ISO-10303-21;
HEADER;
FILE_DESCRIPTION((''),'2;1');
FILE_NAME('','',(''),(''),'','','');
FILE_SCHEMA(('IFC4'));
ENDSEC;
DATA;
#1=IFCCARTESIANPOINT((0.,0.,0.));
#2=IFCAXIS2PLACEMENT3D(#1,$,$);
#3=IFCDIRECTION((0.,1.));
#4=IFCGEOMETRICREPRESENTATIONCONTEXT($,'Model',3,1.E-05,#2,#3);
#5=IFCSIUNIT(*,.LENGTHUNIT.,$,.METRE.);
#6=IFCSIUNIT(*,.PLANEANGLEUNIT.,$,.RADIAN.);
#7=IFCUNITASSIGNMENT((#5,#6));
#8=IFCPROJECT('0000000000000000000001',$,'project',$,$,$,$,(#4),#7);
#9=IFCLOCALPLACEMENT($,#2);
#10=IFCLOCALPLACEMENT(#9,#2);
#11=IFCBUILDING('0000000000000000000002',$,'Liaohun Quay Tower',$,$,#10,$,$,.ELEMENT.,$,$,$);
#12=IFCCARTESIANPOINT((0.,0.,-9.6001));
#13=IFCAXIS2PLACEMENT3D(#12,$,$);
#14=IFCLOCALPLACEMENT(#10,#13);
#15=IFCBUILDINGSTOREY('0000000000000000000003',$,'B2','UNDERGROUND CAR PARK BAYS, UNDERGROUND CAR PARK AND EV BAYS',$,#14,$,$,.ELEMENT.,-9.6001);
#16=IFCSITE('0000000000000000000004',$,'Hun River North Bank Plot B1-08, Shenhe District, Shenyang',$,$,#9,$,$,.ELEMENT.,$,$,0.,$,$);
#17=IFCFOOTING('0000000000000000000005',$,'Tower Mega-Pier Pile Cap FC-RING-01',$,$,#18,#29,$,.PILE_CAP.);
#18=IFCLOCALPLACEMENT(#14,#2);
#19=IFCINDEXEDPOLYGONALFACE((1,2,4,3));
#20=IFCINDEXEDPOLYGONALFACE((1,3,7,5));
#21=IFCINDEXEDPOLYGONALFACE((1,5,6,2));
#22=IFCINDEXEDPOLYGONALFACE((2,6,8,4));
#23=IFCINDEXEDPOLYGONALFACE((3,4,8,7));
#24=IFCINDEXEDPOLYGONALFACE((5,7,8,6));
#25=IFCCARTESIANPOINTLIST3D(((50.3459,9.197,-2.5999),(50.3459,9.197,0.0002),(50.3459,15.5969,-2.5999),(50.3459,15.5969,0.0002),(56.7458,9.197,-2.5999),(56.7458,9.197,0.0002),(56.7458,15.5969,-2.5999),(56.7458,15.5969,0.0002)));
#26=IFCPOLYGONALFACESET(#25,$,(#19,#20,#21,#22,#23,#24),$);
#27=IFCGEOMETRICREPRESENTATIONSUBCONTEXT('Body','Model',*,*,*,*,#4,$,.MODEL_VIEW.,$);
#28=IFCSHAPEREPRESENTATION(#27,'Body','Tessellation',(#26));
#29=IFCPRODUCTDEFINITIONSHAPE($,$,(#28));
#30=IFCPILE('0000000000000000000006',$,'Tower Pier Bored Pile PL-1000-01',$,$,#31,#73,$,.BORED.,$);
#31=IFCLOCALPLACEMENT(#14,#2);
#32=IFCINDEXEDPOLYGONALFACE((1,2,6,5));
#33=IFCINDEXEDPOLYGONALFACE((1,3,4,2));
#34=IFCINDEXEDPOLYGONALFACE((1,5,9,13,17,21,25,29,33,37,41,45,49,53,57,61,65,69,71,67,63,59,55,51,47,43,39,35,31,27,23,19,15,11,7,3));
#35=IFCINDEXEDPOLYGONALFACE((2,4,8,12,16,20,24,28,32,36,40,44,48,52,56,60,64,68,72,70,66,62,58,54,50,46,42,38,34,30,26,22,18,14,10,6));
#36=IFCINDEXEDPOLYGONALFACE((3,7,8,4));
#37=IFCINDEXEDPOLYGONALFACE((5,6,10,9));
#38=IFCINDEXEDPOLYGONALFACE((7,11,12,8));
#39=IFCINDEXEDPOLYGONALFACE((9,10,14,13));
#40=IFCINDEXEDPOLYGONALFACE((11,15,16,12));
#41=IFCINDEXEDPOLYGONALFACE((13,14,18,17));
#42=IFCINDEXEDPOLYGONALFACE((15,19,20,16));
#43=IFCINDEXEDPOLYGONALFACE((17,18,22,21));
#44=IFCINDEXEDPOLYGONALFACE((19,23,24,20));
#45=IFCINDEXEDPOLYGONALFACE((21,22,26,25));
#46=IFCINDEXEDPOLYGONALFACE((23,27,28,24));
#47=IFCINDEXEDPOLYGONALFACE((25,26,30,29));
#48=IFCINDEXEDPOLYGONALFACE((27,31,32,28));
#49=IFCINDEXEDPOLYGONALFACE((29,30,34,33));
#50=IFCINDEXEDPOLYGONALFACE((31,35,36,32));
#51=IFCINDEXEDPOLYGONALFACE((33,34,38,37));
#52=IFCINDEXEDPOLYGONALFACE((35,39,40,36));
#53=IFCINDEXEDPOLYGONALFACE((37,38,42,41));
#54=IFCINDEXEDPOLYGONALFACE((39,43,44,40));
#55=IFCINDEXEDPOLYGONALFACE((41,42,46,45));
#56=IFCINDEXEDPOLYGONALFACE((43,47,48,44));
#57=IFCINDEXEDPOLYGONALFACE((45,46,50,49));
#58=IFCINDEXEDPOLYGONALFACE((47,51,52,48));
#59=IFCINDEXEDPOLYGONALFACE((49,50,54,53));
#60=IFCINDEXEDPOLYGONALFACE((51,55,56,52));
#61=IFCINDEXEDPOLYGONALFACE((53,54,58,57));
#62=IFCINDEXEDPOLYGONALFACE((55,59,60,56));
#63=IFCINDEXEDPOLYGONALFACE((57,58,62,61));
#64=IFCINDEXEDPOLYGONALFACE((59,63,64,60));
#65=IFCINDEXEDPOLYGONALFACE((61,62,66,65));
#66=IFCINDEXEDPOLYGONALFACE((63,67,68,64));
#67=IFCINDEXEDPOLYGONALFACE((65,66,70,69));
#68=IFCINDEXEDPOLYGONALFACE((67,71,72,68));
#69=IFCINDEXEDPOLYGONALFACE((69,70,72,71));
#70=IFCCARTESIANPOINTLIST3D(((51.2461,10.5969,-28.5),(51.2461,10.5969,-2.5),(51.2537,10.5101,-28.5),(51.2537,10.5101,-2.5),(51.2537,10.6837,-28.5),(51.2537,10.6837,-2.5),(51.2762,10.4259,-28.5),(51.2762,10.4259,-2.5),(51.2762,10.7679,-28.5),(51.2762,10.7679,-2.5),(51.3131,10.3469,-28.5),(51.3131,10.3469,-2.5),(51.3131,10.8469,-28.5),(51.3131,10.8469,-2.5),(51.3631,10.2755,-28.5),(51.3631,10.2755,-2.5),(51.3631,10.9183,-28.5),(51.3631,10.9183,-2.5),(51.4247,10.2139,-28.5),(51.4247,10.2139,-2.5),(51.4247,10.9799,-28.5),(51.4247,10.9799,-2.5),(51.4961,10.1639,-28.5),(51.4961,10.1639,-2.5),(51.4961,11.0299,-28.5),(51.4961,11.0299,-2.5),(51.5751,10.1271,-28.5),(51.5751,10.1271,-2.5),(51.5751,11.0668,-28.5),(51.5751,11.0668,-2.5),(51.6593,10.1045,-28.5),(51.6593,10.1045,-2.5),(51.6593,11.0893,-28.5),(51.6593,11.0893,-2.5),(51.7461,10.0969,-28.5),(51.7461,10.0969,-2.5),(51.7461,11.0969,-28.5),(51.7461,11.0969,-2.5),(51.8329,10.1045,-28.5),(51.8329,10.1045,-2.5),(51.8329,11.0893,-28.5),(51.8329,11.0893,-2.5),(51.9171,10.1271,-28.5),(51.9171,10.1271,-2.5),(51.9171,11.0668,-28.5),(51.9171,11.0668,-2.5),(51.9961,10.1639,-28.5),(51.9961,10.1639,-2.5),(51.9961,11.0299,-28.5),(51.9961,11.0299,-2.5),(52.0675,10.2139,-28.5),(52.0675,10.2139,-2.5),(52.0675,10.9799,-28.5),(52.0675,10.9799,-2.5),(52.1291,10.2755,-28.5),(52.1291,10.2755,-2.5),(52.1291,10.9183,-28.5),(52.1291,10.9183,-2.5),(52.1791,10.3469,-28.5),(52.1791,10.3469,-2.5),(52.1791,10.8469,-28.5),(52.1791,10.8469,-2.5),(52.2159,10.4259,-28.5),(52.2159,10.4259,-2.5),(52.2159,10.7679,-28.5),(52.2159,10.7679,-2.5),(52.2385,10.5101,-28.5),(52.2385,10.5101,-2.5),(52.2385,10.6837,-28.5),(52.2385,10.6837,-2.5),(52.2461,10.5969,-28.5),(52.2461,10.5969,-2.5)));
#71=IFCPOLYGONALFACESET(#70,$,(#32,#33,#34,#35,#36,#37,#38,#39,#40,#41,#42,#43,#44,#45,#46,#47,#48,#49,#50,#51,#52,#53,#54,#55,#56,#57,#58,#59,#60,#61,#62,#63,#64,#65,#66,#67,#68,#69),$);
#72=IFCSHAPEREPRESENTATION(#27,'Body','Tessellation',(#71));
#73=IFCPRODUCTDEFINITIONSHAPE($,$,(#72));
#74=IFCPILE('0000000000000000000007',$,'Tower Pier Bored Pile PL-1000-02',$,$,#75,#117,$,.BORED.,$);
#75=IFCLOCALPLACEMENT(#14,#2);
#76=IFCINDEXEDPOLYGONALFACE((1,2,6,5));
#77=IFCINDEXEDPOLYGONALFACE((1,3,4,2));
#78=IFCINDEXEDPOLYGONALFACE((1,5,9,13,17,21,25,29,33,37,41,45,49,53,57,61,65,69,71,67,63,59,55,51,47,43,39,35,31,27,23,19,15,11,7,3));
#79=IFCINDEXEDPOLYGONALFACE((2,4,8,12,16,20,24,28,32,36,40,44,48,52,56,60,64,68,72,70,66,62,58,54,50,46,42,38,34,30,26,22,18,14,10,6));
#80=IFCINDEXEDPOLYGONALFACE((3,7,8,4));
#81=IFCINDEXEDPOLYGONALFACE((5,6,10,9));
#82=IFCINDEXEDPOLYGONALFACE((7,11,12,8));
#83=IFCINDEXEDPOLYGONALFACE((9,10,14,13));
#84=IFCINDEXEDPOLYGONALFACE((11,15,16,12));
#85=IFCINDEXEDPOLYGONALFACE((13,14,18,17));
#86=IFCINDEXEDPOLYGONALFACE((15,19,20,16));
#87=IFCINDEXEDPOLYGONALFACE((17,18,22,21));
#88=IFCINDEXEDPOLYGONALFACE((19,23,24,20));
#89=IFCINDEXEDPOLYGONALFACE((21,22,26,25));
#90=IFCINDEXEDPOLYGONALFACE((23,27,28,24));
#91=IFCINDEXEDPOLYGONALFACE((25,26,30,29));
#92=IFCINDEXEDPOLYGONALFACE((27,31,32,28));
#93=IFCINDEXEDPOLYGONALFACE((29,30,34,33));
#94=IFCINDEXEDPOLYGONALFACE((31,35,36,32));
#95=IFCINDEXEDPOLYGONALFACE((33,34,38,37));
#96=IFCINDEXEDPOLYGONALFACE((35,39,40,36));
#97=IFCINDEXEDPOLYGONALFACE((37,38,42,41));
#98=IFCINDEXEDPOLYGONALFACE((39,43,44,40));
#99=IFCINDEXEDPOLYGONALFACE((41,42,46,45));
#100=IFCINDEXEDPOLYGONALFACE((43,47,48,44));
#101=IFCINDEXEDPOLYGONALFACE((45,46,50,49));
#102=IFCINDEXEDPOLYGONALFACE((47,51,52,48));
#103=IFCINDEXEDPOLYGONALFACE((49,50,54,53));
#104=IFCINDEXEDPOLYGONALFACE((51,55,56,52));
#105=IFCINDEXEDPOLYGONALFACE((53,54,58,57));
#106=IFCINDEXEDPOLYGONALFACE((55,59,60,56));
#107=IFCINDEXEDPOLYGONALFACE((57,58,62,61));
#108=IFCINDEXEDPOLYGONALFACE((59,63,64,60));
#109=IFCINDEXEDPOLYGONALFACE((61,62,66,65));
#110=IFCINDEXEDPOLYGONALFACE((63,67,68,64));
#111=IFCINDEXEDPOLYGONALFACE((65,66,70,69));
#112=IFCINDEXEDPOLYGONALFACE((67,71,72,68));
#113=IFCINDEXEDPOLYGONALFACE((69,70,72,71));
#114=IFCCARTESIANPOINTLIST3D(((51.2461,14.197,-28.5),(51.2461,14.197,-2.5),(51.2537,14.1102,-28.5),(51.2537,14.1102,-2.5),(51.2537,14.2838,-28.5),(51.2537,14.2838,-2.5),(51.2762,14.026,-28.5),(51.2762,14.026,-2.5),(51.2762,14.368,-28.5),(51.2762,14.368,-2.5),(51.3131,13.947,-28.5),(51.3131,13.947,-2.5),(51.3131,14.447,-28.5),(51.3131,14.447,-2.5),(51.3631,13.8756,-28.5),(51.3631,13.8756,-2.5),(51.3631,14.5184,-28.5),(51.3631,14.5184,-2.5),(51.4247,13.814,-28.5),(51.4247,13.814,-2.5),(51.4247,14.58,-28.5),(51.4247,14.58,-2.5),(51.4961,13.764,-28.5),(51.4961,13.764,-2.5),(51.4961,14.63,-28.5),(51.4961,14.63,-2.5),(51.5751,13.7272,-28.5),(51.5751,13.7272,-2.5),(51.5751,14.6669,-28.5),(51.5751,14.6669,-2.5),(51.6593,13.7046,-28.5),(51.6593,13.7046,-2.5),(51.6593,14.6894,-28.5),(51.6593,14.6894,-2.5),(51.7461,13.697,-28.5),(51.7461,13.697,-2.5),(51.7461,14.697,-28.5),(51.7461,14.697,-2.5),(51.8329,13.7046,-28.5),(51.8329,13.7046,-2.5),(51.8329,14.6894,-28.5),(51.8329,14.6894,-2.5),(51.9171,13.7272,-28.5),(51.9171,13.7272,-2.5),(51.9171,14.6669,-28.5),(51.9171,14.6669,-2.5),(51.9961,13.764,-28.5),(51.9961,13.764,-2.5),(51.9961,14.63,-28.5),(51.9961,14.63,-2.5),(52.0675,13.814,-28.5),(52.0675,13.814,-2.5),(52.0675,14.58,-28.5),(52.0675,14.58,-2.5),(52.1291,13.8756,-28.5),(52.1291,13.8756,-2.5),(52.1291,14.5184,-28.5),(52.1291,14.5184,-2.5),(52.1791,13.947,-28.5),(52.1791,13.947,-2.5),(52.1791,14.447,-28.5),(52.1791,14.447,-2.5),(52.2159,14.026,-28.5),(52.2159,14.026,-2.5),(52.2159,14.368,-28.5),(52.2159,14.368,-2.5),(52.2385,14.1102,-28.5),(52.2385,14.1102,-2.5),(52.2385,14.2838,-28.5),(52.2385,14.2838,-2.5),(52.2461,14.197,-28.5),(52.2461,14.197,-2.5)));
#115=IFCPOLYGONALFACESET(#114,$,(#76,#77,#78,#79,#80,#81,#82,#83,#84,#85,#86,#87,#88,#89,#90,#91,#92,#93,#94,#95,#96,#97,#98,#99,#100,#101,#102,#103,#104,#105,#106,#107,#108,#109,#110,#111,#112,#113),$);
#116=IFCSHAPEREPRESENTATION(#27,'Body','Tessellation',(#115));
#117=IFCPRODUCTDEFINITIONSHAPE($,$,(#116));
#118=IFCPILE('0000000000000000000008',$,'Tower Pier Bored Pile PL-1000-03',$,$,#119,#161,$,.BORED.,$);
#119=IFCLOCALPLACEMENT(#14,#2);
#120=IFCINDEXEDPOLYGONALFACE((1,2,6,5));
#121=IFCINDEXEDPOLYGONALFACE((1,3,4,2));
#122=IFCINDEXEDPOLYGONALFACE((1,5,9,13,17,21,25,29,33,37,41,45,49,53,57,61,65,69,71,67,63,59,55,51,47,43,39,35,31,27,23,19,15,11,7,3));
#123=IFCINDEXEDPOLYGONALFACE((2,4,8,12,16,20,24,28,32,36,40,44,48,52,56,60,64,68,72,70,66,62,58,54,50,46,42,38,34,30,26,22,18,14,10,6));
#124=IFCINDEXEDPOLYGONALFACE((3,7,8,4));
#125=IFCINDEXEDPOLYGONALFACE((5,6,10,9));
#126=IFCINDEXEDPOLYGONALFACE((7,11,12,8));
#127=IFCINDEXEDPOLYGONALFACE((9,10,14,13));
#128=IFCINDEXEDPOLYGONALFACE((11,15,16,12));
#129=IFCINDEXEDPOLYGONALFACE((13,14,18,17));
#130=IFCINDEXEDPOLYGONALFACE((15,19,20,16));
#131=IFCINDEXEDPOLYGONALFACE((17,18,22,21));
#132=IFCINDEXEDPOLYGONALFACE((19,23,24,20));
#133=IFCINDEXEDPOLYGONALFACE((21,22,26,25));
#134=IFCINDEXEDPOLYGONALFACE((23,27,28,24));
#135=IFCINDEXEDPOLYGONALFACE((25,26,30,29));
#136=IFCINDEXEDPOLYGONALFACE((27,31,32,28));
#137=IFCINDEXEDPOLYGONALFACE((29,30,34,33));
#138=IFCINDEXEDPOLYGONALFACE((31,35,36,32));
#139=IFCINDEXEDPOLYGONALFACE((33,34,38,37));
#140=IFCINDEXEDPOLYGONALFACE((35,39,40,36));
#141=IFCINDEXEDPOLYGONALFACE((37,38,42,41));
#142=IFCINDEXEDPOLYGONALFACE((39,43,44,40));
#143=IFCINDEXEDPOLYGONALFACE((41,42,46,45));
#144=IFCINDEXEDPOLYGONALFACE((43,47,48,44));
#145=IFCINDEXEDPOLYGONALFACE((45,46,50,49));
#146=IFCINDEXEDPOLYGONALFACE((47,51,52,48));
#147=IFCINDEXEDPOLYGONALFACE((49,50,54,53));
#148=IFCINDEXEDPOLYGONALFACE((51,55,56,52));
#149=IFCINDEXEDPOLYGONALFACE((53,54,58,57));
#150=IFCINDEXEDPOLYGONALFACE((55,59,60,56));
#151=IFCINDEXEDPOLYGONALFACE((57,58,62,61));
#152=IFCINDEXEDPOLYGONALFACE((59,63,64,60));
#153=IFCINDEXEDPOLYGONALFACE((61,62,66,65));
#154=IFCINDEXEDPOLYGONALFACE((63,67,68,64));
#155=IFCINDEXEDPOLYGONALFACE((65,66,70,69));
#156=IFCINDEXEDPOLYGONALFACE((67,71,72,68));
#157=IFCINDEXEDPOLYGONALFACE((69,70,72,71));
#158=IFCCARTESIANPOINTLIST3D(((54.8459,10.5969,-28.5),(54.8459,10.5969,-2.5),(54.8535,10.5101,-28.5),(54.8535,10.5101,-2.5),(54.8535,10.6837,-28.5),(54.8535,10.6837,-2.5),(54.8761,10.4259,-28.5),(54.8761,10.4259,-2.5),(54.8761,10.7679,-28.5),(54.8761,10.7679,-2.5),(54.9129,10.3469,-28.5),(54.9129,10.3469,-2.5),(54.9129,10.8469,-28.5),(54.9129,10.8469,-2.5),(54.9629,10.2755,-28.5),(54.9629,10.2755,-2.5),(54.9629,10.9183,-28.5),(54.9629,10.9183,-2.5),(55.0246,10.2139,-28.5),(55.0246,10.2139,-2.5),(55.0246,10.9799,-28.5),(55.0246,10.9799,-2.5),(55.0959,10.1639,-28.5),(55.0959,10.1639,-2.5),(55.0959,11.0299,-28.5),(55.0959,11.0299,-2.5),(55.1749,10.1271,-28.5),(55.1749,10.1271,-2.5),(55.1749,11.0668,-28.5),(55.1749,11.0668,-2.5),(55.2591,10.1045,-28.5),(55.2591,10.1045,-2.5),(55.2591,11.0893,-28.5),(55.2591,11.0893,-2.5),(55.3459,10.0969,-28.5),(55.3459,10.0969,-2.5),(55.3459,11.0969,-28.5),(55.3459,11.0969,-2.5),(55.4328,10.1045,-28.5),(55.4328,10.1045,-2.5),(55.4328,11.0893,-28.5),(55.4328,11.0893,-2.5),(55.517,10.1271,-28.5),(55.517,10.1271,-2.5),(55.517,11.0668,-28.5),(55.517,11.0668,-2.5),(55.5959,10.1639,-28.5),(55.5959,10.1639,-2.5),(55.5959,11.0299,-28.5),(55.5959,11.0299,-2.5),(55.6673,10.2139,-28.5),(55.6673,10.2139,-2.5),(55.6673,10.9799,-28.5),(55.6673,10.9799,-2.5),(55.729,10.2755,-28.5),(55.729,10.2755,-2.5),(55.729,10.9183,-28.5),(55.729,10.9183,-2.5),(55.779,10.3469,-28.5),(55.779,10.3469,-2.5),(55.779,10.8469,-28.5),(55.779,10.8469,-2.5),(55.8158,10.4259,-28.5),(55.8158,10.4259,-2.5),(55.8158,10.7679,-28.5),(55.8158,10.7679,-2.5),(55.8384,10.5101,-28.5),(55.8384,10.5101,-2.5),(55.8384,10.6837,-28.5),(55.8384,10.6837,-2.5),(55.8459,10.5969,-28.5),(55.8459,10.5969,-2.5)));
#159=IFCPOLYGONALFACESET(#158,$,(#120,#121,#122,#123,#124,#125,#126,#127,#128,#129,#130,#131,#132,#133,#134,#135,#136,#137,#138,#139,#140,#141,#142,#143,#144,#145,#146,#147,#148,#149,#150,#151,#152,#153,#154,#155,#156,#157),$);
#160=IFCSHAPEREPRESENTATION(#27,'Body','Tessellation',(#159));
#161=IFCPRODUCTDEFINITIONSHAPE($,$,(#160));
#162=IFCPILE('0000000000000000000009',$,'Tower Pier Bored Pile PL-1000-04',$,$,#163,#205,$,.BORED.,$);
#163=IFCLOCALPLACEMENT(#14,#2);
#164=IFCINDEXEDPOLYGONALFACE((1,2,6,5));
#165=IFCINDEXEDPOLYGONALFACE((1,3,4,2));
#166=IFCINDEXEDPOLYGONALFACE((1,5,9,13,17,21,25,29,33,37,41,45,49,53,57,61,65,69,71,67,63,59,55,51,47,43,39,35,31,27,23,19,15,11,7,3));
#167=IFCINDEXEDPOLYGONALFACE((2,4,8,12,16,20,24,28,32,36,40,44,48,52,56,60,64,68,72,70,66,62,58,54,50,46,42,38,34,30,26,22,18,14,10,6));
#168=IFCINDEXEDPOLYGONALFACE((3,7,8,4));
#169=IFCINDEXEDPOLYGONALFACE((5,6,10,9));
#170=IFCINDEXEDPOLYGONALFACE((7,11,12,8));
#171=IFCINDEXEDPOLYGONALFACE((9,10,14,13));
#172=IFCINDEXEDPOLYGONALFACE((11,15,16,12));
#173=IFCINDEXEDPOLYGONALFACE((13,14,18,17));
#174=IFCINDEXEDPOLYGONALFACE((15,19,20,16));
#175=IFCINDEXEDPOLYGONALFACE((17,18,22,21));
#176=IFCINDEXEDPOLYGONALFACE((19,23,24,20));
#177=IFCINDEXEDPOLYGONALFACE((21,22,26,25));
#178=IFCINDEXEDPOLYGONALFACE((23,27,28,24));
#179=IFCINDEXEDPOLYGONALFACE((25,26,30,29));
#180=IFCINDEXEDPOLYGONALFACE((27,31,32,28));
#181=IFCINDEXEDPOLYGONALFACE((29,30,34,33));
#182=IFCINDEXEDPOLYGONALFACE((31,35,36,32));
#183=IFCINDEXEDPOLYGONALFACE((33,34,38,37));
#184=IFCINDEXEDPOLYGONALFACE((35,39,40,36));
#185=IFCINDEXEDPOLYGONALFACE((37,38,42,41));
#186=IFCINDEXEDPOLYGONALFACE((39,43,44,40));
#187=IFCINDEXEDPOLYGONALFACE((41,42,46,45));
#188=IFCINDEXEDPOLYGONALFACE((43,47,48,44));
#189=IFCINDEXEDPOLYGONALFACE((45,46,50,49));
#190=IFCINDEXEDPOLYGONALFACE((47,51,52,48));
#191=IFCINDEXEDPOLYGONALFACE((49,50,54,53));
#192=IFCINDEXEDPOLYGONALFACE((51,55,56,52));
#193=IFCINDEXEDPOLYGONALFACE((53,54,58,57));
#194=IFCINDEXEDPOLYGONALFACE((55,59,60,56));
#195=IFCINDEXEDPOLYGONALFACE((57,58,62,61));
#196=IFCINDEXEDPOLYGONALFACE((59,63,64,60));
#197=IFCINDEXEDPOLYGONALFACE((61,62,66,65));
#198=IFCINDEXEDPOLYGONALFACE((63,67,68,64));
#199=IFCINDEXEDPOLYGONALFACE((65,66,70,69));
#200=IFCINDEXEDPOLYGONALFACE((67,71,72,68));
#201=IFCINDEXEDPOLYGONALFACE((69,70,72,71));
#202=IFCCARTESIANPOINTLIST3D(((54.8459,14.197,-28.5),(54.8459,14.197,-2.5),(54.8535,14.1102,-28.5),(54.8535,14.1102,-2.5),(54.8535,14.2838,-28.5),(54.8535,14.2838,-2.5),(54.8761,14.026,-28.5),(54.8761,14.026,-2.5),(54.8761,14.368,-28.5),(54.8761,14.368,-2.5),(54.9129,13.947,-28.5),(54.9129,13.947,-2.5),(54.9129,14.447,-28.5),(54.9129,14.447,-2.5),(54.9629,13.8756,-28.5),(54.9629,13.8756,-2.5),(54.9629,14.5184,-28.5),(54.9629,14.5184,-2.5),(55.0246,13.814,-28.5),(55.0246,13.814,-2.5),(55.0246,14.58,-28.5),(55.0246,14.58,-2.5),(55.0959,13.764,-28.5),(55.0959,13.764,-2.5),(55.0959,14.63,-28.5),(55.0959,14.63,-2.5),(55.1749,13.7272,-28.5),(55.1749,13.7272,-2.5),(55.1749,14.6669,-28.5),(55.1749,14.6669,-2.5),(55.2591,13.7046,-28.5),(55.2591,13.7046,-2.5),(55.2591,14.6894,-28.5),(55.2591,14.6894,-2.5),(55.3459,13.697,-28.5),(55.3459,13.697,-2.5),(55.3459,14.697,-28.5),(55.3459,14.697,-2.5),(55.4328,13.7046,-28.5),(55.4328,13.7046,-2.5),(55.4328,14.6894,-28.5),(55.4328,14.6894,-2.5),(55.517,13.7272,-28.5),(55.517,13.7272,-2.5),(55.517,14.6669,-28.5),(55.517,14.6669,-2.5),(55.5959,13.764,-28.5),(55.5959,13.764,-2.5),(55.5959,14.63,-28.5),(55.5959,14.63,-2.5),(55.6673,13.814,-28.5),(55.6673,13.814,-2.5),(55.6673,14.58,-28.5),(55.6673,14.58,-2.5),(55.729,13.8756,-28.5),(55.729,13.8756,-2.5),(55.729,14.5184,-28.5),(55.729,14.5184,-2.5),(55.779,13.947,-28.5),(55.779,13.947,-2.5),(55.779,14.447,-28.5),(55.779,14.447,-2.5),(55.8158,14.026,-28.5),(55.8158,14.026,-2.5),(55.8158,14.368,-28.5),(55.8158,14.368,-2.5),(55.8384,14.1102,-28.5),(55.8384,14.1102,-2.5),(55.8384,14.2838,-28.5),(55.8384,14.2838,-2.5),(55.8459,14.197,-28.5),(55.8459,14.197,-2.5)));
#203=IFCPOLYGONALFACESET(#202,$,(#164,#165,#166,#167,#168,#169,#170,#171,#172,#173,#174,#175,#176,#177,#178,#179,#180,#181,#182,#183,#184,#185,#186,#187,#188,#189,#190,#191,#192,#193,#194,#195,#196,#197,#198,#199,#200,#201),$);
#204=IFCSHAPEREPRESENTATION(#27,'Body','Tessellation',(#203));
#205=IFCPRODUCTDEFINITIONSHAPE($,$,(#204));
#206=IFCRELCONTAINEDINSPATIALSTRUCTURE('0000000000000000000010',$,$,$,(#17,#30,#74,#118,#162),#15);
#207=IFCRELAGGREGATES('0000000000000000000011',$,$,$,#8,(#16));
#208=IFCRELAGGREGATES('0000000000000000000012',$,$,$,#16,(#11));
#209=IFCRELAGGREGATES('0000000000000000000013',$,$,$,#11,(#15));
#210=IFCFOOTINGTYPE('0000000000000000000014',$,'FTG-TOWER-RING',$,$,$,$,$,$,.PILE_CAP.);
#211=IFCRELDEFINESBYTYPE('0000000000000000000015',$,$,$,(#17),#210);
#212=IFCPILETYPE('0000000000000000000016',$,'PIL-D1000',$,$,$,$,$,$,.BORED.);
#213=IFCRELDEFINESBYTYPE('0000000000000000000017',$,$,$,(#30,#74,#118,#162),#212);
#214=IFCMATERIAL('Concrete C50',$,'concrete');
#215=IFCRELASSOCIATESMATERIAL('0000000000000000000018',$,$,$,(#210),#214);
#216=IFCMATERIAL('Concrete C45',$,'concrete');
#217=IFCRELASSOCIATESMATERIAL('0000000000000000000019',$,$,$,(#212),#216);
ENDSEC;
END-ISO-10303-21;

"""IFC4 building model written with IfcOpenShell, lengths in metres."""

from ifc_helpers import new_model, si_unit, direction, frame, origin, origin_2d, place, context, subcontext, project, spatial, rectangle, circle, extrude, source, transform, mapped, material, material_profile, profile_set, type_object, element, save


model = new_model("IFC4")

# Units and contexts
model_context = context("Model", 3, precision=1e-05, world=origin(), true_north=direction((0.0, 1.0)))
body_context = subcontext(model_context, "Body", "Model", "MODEL_VIEW")
ifc_project = project(units=[si_unit("LENGTHUNIT", "METRE"), si_unit("PLANEANGLEUNIT", "RADIAN")], contexts=[model_context])

# Site, building, storey
site_placement = place(None, origin())
site = spatial("IfcSite", under=ifc_project, at=site_placement, Name="Hun River North Bank Plot B1-08, Shenhe District, Shenyang", CompositionType="ELEMENT", RefElevation=0.0)
building_placement = place(site_placement, origin())
building = spatial("IfcBuilding", under=site, at=building_placement, Name="Liaohun Quay Tower", CompositionType="ELEMENT")
storey_placement = place(building_placement, frame((0.0, 0.0, -9.6001)))
storey = spatial("IfcBuildingStorey", under=building, at=storey_placement, Name="B2", Description="UNDERGROUND CAR PARK BAYS, UNDERGROUND CAR PARK AND EV BAYS", CompositionType="ELEMENT", Elevation=-9.6001)

# Footing
ifc_material_1 = material(Name="Concrete C50", Category="concrete")
footing_type_1 = type_object("IfcFootingType", Name="FTG-TOWER-RING", PredefinedType="PILE_CAP", material=ifc_material_1)
shared_shape_1 = source(origin(), body_context, "Body", "SweptSolid", [
    extrude(rectangle(XDim=6.3999, YDim=6.3999, at=origin_2d()), origin(), (0.0, 0.0, 1.0), 2.6001),
])
footing_1_placement = place(storey_placement, frame((53.5459, 12.397, -2.5999), z_axis=(0.0, 0.0, 1.0), x_axis=(1.0, 0.0, 0.0)))
element("IfcFooting", 1, at=footing_1_placement, inside=storey, type_object=footing_type_1, Name="Tower Mega-Pier Pile Cap FC-RING-01", PredefinedType="PILE_CAP", context=body_context, shape_type="MappedRepresentation", body=[
    mapped(shared_shape_1, transform((0.0, 0.0, 0.0), x_axis=(1.0, 0.0, 0.0), y_axis=(0.0, 1.0, 0.0), z_axis=(0.0, 0.0, 1.0), scale=1.0)),
])

# Piles
ifc_material_2 = material(Name="Concrete C45", Category="concrete")
ifc_material_profile_1 = material_profile(ifc_material_2, circle(Radius=0.5, at=origin_2d()), Name="PILE-D1000")
ifc_profile_set_1 = profile_set([ifc_material_profile_1], Name="Concrete C45")
pile_type_1 = type_object("IfcPileType", Name="PIL-D1000", PredefinedType="BORED", material=ifc_profile_set_1)
shared_shape_2 = source(origin(), body_context, "Body", "SweptSolid", [
    extrude(circle(Radius=0.5, at=origin_2d()), origin(), (0.0, 0.0, 1.0), 26.0),
])
for number, where, z_axis, x_axis, name in (
    (2, (51.7461, 10.5969, -2.5), (0.0, 0.0, -1.0), (1.0, 0.0, 0.0), "Tower Pier Bored Pile PL-1000-01"),
    (3, (51.7461, 14.197, -2.5), (0.0, 0.0, -1.0), (1.0, 0.0, 0.0), "Tower Pier Bored Pile PL-1000-02"),
    (4, (55.3459, 10.5969, -2.5), (0.0, 0.0, -1.0), (1.0, 0.0, 0.0), "Tower Pier Bored Pile PL-1000-03"),
    (5, (55.3459, 14.197, -2.5), (0.0, 0.0, -1.0), (1.0, 0.0, 0.0), "Tower Pier Bored Pile PL-1000-04"),
):
    element("IfcPile", number, at=place(storey_placement, frame(where, z_axis=z_axis, x_axis=x_axis)), inside=storey, type_object=pile_type_1, Name=name, PredefinedType="BORED", context=body_context, shape_type="MappedRepresentation", body=[
        mapped(shared_shape_2, transform((0.0, 0.0, 0.0), x_axis=(1.0, 0.0, 0.0), y_axis=(0.0, 1.0, 0.0), z_axis=(0.0, 0.0, 1.0), scale=1.0)),
    ])

save(model, "model.ifc")
